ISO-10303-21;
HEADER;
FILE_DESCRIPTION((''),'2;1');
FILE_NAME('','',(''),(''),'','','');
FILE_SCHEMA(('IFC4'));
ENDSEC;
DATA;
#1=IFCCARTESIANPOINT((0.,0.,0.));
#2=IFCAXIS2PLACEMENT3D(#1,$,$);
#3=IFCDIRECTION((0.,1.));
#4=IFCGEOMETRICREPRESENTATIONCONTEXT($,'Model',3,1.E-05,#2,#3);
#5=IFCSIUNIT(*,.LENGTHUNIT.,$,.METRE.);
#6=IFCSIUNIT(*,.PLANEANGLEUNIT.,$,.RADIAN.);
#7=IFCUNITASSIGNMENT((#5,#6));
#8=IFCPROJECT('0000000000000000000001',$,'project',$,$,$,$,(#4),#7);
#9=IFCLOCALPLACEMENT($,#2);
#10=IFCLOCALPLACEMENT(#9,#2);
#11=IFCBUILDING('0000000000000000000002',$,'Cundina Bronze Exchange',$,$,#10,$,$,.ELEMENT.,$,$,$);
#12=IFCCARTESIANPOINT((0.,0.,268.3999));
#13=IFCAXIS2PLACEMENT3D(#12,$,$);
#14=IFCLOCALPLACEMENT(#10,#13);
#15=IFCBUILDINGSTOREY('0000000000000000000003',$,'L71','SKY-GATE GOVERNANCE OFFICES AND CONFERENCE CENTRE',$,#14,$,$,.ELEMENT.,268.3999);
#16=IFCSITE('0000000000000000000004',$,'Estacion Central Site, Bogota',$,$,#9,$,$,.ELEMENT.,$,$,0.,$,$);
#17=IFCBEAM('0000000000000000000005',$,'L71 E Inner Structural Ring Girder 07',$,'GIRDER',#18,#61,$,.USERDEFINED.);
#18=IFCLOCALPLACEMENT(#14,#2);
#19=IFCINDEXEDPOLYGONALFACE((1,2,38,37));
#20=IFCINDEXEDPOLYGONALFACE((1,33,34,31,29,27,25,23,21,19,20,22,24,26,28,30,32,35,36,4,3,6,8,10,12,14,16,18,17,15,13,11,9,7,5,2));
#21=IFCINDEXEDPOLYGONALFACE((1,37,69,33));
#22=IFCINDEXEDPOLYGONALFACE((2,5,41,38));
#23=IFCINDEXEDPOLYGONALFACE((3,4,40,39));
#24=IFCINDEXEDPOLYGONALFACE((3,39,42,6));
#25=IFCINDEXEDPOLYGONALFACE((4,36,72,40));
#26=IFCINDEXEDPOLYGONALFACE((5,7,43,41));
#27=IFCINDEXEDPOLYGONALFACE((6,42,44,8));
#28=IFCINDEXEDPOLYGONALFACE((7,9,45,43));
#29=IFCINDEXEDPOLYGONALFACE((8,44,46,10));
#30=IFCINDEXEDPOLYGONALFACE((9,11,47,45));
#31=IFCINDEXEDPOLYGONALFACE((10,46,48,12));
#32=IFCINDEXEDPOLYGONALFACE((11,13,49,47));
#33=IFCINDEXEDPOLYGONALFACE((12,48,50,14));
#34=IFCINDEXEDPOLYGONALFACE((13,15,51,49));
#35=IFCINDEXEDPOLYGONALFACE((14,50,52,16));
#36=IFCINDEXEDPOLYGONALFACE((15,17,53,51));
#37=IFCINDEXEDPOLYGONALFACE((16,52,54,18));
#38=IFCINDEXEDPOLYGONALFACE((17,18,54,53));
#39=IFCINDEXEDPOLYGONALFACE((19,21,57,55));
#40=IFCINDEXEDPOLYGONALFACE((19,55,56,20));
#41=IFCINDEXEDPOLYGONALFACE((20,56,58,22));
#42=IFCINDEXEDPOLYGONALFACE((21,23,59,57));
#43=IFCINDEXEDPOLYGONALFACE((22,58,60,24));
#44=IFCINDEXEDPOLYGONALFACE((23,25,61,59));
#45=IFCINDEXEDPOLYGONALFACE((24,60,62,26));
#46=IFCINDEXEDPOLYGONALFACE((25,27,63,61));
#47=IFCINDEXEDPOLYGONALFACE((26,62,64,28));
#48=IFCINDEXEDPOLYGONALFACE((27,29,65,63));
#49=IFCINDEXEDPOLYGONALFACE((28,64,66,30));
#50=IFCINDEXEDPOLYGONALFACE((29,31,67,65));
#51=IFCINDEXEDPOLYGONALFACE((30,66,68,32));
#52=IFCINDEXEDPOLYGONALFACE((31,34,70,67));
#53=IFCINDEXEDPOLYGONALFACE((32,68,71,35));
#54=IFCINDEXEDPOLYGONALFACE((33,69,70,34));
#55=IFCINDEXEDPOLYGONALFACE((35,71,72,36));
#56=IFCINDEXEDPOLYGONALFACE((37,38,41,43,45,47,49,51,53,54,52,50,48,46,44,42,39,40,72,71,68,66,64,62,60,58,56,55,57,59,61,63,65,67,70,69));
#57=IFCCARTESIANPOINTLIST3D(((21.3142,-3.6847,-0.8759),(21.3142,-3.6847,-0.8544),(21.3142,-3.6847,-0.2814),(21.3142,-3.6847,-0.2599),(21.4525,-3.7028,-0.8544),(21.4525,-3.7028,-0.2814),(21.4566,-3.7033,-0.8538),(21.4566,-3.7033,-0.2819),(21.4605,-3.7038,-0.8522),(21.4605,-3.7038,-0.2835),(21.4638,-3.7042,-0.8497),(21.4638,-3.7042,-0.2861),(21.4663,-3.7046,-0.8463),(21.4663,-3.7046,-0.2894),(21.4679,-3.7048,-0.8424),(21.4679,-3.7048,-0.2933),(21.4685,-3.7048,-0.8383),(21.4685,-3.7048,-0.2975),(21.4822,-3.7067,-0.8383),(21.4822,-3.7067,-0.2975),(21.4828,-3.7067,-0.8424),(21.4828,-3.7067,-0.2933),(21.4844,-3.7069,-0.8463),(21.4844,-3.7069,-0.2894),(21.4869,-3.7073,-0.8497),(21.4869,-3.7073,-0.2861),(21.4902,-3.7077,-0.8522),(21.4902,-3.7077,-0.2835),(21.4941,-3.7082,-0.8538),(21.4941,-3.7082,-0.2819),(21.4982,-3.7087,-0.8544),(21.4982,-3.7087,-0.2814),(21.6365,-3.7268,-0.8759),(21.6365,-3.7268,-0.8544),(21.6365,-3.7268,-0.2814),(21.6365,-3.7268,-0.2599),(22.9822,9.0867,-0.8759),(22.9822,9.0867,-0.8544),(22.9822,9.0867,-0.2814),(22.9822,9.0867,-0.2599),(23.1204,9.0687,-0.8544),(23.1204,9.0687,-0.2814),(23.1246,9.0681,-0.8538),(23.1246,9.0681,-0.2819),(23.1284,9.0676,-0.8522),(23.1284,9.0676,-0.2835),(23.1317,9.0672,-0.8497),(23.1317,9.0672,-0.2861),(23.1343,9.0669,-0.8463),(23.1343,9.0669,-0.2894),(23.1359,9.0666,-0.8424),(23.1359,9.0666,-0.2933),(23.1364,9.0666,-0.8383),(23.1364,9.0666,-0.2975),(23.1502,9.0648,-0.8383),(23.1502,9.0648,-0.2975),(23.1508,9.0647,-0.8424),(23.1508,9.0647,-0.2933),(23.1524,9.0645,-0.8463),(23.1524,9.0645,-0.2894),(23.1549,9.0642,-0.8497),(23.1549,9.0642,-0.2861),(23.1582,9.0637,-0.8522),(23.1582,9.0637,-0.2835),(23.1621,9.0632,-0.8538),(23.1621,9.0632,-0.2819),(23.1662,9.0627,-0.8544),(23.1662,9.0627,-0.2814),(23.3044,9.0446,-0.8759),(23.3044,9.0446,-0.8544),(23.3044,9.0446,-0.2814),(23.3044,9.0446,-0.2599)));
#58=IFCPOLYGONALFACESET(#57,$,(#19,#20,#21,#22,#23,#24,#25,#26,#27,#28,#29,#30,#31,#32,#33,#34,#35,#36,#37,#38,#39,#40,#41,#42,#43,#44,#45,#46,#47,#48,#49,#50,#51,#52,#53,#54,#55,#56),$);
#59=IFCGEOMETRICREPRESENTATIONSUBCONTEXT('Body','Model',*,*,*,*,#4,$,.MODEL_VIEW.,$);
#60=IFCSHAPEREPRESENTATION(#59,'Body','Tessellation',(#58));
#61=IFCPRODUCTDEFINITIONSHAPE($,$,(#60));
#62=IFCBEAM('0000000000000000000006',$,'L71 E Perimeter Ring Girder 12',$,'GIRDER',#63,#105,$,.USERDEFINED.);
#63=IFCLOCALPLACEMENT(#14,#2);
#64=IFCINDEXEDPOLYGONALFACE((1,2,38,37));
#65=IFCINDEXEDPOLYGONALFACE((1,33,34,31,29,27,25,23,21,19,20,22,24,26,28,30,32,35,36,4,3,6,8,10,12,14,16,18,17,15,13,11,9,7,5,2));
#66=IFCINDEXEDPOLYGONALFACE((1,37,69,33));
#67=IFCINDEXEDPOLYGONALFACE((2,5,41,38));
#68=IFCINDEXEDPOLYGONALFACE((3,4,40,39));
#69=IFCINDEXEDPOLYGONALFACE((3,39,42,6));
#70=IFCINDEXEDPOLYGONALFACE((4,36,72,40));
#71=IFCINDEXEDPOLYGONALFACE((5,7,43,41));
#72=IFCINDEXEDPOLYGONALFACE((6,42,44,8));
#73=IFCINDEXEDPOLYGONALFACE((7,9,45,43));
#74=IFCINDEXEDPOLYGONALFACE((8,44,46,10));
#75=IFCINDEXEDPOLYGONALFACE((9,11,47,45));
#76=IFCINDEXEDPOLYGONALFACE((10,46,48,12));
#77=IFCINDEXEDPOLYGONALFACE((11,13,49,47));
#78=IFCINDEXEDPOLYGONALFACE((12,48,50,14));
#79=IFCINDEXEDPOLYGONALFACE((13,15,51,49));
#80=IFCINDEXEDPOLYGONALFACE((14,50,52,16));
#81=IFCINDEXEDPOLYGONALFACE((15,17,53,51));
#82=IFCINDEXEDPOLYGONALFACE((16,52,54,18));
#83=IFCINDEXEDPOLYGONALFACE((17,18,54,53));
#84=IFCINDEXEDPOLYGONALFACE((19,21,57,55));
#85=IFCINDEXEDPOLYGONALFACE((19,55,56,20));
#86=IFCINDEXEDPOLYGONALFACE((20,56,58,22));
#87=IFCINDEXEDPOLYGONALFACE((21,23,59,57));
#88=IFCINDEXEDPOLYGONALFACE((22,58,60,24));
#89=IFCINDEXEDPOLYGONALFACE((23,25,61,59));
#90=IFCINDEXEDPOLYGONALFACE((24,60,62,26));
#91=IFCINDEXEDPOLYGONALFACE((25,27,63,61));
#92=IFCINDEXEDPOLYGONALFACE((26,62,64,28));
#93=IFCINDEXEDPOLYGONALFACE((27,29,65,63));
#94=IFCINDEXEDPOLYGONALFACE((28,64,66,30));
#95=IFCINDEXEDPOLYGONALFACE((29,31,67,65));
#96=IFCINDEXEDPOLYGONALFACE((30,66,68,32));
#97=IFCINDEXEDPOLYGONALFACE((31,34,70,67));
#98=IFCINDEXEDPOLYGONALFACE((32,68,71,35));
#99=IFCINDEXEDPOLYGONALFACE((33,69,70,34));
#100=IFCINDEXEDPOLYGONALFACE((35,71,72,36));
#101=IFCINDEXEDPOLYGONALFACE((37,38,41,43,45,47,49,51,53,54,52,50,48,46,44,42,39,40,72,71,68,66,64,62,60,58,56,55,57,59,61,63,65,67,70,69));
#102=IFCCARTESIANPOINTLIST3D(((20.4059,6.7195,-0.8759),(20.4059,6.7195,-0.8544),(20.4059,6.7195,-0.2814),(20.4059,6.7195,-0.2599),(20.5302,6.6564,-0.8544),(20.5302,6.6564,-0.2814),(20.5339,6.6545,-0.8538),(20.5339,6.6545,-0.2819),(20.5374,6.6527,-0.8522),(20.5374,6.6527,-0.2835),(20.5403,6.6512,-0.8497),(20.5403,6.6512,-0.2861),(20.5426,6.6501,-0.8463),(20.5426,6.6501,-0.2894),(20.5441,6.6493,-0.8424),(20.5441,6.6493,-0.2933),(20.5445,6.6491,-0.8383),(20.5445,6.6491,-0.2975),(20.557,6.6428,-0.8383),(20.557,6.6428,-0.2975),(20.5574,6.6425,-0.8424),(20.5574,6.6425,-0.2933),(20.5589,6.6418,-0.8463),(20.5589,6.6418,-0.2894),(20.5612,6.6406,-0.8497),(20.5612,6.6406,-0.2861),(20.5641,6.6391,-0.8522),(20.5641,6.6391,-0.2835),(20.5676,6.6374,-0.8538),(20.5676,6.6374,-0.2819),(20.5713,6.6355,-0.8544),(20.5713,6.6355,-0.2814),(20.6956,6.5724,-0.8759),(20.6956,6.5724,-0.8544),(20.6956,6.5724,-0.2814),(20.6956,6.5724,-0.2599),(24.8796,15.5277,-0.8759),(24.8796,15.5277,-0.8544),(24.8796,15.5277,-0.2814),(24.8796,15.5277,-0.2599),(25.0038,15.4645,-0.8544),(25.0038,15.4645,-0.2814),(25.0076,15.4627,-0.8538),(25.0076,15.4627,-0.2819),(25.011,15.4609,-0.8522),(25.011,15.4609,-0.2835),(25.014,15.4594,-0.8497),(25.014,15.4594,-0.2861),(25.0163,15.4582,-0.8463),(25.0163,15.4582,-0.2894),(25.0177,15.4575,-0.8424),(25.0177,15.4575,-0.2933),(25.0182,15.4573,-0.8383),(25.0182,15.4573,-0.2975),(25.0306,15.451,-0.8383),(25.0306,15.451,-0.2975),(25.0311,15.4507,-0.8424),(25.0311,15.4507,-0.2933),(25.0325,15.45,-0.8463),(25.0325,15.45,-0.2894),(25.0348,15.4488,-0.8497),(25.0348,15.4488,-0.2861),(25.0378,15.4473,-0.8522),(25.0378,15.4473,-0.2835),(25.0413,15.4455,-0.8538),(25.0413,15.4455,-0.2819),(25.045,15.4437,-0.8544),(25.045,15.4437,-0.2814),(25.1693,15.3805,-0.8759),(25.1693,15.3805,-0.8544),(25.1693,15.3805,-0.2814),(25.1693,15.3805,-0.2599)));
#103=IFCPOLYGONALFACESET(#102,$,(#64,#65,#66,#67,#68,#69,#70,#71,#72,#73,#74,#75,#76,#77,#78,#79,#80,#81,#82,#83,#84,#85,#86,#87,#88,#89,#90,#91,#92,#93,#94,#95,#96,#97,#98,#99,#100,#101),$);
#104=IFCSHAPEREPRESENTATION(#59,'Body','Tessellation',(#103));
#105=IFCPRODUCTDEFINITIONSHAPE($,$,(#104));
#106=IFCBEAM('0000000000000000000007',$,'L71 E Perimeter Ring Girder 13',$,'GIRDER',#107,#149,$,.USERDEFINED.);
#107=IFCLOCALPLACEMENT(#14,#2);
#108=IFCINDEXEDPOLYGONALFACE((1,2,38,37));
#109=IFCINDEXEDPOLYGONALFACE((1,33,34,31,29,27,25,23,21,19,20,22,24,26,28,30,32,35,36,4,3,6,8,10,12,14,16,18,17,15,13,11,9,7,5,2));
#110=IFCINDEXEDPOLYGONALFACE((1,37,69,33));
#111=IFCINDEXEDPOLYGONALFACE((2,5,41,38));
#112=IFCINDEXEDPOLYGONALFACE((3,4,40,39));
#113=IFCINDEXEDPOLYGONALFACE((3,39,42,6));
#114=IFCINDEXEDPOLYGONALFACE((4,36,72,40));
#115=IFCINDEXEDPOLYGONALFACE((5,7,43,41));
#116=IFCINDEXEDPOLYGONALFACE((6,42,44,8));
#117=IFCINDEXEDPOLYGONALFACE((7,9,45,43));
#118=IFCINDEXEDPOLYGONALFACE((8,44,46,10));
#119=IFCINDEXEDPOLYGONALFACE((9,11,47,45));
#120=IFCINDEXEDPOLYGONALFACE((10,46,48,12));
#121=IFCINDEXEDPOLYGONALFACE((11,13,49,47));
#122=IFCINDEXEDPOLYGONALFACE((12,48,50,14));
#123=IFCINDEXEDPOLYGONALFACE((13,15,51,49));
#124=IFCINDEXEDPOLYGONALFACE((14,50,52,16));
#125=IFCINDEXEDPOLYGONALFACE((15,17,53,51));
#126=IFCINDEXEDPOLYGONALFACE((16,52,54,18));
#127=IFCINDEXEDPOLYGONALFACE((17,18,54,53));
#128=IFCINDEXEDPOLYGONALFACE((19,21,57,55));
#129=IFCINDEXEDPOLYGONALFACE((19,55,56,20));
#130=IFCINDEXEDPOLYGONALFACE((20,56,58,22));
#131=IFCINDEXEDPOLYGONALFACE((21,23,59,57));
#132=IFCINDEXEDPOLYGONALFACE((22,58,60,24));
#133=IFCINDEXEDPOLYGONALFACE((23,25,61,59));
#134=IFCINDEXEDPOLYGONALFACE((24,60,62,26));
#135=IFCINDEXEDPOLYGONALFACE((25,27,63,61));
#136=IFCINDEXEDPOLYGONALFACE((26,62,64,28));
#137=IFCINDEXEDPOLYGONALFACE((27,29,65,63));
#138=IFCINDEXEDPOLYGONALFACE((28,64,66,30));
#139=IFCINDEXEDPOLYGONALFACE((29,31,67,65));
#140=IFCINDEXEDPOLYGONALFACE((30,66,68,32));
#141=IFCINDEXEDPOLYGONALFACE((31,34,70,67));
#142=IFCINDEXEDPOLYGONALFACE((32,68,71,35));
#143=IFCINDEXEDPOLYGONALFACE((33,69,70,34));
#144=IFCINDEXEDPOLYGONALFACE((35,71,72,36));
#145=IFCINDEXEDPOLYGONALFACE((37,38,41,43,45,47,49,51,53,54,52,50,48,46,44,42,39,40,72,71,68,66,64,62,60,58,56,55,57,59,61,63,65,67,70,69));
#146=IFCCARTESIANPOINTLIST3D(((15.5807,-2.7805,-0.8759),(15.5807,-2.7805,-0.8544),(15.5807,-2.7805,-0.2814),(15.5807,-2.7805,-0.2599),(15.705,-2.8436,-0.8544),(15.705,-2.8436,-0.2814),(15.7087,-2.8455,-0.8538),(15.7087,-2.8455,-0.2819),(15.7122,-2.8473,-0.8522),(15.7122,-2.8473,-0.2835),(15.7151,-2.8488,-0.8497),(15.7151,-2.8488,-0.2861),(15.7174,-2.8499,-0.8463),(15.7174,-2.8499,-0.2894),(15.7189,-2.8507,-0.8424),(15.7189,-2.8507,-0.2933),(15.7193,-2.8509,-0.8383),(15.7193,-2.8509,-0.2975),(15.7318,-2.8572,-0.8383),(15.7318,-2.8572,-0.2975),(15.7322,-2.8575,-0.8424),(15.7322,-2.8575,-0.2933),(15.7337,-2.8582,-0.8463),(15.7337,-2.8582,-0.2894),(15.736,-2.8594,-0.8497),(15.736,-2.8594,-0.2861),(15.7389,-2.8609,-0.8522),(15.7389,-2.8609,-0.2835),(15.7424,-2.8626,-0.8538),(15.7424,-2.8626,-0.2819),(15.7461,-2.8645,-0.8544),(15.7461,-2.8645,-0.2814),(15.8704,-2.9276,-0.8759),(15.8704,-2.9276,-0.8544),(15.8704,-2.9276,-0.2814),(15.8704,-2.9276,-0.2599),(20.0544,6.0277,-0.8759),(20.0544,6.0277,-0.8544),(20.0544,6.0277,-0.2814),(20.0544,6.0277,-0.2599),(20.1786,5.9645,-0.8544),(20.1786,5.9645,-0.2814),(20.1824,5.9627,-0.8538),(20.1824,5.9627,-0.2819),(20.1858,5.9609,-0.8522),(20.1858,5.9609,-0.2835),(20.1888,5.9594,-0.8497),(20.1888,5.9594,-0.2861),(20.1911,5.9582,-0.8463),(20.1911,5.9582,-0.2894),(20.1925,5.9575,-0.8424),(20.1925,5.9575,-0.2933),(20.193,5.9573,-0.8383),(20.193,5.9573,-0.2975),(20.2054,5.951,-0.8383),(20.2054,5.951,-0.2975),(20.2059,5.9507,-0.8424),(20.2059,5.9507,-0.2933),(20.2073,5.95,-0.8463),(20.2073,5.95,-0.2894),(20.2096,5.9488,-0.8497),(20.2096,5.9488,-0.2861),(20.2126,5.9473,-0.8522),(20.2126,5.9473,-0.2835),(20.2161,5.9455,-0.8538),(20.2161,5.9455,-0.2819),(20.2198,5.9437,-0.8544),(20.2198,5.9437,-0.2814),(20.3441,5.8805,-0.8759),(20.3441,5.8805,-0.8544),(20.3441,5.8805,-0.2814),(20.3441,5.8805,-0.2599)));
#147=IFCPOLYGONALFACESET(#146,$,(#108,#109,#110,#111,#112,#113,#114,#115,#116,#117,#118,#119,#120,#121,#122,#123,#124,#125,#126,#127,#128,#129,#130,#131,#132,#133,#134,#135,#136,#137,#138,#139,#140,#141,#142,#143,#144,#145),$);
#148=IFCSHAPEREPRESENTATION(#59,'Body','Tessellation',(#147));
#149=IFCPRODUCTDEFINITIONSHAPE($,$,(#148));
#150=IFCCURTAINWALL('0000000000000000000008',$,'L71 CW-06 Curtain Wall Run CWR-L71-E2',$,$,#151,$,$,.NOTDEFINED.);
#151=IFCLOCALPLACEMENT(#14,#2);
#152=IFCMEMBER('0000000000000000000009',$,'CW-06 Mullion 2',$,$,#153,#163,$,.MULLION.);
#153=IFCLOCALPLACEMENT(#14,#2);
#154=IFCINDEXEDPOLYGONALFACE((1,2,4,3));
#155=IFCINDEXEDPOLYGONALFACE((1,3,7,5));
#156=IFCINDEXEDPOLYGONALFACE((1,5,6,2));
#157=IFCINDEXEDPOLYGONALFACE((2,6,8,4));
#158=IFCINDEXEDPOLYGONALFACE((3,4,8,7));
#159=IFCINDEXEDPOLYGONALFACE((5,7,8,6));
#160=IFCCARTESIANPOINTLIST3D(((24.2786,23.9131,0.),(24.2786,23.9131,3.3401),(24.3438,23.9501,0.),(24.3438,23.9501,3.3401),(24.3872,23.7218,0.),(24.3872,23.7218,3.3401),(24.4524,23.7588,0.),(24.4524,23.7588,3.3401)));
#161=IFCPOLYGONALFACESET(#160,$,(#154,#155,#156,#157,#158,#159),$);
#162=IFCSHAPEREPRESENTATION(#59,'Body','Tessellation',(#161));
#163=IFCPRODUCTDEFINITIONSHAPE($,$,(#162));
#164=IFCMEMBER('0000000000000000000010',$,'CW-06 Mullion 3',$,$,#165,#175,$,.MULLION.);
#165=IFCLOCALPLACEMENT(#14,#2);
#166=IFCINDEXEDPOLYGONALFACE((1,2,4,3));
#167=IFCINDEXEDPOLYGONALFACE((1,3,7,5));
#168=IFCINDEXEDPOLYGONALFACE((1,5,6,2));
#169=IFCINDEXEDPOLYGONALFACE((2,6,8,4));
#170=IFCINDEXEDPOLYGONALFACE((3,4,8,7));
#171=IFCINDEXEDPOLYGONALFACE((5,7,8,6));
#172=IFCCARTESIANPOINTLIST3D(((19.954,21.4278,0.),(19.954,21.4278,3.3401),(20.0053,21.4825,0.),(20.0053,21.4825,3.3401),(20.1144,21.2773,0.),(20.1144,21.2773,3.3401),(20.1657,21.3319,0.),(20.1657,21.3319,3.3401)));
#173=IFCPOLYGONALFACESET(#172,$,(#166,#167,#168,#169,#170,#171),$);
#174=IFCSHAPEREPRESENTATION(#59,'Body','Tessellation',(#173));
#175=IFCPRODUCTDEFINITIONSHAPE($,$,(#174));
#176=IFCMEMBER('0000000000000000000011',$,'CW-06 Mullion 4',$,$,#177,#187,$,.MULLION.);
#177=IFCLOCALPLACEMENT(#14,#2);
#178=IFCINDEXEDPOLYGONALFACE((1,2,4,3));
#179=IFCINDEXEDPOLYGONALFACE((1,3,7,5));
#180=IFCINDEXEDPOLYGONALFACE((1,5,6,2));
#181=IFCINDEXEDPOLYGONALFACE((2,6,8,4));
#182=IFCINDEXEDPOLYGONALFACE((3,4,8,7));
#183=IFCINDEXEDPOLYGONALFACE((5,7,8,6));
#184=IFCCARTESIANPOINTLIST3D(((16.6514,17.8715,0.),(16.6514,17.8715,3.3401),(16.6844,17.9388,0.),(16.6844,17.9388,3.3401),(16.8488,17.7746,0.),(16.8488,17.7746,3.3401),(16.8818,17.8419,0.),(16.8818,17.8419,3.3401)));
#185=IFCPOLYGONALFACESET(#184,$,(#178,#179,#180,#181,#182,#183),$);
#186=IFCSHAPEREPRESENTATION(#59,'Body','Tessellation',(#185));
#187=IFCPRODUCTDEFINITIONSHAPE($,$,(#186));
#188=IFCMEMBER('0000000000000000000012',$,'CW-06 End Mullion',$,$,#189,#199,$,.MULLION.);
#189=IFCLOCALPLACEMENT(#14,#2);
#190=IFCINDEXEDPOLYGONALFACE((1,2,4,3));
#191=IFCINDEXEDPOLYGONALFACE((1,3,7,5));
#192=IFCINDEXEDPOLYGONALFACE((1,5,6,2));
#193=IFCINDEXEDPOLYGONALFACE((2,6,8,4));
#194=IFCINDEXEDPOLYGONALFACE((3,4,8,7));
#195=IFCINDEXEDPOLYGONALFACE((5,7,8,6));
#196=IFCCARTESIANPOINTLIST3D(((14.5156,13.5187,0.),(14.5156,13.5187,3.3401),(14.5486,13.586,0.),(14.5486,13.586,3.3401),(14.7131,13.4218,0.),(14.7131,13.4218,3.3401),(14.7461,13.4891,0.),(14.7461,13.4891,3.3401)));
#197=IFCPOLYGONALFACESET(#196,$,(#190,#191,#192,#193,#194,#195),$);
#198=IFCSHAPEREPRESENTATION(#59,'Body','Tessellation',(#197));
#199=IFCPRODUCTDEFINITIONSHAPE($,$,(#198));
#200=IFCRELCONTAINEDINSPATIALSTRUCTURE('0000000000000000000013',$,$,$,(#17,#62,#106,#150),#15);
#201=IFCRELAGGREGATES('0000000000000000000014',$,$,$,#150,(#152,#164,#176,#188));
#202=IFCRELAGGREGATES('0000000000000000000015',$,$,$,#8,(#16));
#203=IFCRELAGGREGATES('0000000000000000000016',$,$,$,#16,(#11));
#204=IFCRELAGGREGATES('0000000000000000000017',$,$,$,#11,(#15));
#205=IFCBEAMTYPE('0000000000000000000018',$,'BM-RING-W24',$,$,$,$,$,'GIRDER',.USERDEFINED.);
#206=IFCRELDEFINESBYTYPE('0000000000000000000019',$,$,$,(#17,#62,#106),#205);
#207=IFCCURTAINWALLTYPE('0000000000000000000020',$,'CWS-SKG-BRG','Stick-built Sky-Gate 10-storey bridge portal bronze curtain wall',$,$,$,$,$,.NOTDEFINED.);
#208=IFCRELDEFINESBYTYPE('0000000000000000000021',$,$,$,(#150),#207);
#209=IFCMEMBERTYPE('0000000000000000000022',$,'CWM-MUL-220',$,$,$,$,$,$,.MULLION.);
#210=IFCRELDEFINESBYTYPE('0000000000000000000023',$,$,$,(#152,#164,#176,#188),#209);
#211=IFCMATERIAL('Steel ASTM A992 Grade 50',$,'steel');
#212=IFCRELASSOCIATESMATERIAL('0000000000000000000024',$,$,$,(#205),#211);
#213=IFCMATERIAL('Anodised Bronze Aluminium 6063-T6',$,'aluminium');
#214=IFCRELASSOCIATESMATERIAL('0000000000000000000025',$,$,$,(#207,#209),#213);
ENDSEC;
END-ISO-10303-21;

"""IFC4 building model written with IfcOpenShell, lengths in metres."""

from ifc_helpers import new_model, si_unit, direction, frame, origin, origin_2d, place, context, subcontext, project, spatial, rectangle, i_section, extrude, material, material_profile, profile_set, type_object, element, aggregate, save


model = new_model("IFC4")

# Units and contexts
model_context = context("Model", 3, precision=1e-05, world=origin(), true_north=direction((0.0, 1.0)))
body_context = subcontext(model_context, "Body", "Model", "MODEL_VIEW")
ifc_project = project(units=[si_unit("LENGTHUNIT", "METRE"), si_unit("PLANEANGLEUNIT", "RADIAN")], contexts=[model_context])

# Site, building, storey
site_placement = place(None, origin())
site = spatial("IfcSite", under=ifc_project, at=site_placement, Name="Estacion Central Site, Bogota", CompositionType="ELEMENT", RefElevation=0.0)
building_placement = place(site_placement, origin())
building = spatial("IfcBuilding", under=site, at=building_placement, Name="Cundina Bronze Exchange", CompositionType="ELEMENT")
storey_placement = place(building_placement, frame((0.0, 0.0, 268.3999)))
storey = spatial("IfcBuildingStorey", under=building, at=storey_placement, Name="L71", Description="SKY-GATE GOVERNANCE OFFICES AND CONFERENCE CENTRE", CompositionType="ELEMENT", Elevation=268.3999)

# Beams
ifc_material_1 = material(Name="Steel ASTM A992 Grade 50", Category="steel")
ifc_material_profile_1 = material_profile(ifc_material_1, i_section(OverallWidth=0.325, OverallDepth=0.616, WebThickness=0.0139, FlangeThickness=0.0215, FilletRadius=0.0161, at=origin_2d()), Name="W24X117", Category="steel")
ifc_profile_set_1 = profile_set([ifc_material_profile_1], Name="Steel ASTM A992 Grade 50")
beam_type_1 = type_object("IfcBeamType", Name="BM-RING-W24", ElementType="GIRDER", PredefinedType="USERDEFINED", material=ifc_profile_set_1)
beam_placement = place(storey_placement, frame((23.1433, 9.0657, -0.5679), z_axis=(-0.129501, -0.991579, 0.0), x_axis=(0.991579, -0.129501, 0.0)))
element("IfcBeam", 1, at=beam_placement, inside=storey, type_object=beam_type_1, Name="L71 E Inner Structural Ring Girder 07", ObjectType="GIRDER", PredefinedType="USERDEFINED", context=body_context, shape_type="SweptSolid", body=[
    extrude(i_section(OverallWidth=0.325, OverallDepth=0.616, WebThickness=0.0139, FlangeThickness=0.0215, FilletRadius=0.0161, at=origin_2d()), origin(), (0.0, 0.0, 1.0), 12.8799),
])
for number, where, z_axis, x_axis, name in (
    (2, (25.0244, 15.4541, -0.5679), (-0.452839, -0.891592, 0.0), (0.891592, -0.452839, 0.0), "L71 E Perimeter Ring Girder 12"),
    (3, (20.1992, 5.9541, -0.5679), (-0.452839, -0.891592, 0.0), (0.891592, -0.452839, 0.0), "L71 E Perimeter Ring Girder 13"),
):
    element("IfcBeam", number, at=place(storey_placement, frame(where, z_axis=z_axis, x_axis=x_axis)), inside=storey, type_object=beam_type_1, Name=name, ObjectType="GIRDER", PredefinedType="USERDEFINED", context=body_context, shape_type="SweptSolid", body=[
        extrude(i_section(OverallWidth=0.325, OverallDepth=0.616, WebThickness=0.0139, FlangeThickness=0.0215, FilletRadius=0.0161, at=origin_2d()), origin(), (0.0, 0.0, 1.0), 9.8792),
    ])

# Curtain wall, members
ifc_material_2 = material(Name="Anodised Bronze Aluminium 6063-T6", Category="aluminium")
curtain_wall_type = type_object("IfcCurtainWallType", Name="CWS-SKG-BRG", Description="Stick-built Sky-Gate 10-storey bridge portal bronze curtain wall", PredefinedType="NOTDEFINED", material=ifc_material_2)
curtain_wall_1_placement = place(storey_placement, origin())
curtain_wall_1 = element("IfcCurtainWall", 4, at=curtain_wall_1_placement, inside=storey, type_object=curtain_wall_type, Name="L71 CW-06 Curtain Wall Run CWR-L71-E2", PredefinedType="NOTDEFINED")
ifc_material_profile_2 = material_profile(ifc_material_2, rectangle(XDim=0.075, YDim=0.22, at=origin_2d()), Name="AL75X220", Category="aluminium")
ifc_profile_set_2 = profile_set([ifc_material_profile_2], Name="Anodised Bronze Aluminium 6063-T6")
member_type_1 = type_object("IfcMemberType", Name="CWM-MUL-220", PredefinedType="MULLION", material=ifc_profile_set_2)
member_1_placement = place(storey_placement, frame((24.3655, 23.8359, 0.0), z_axis=(0.0, 0.0, 1.0), x_axis=(-0.869581, -0.49379, 0.0)))
member_1 = element("IfcMember", 5, at=member_1_placement, type_object=member_type_1, Name="CW-06 Mullion 2", PredefinedType="MULLION", context=body_context, shape_type="SweptSolid", body=[
    extrude(rectangle(XDim=0.075, YDim=0.22, at=origin_2d()), origin(), (0.0, 0.0, 1.0), 3.3401),
])
member_2_placement = place(storey_placement, frame((20.0598, 21.3799, 0.0), z_axis=(0.0, 0.0, 1.0), x_axis=(-0.684293, -0.729208, 0.0)))
member_2 = element("IfcMember", 6, at=member_2_placement, type_object=member_type_1, Name="CW-06 Mullion 3", PredefinedType="MULLION", context=body_context, shape_type="SweptSolid", body=[
    extrude(rectangle(XDim=0.075, YDim=0.22, at=origin_2d()), origin(), (0.0, 0.0, 1.0), 3.3401),
])
member_3_placement = place(storey_placement, frame((16.7666, 17.8567, 0.0), z_axis=(0.0, 0.0, 1.0), x_axis=(-0.440566, -0.89772, 0.0)))
member_3 = element("IfcMember", 7, at=member_3_placement, type_object=member_type_1, Name="CW-06 Mullion 4", PredefinedType="MULLION", context=body_context, shape_type="SweptSolid", body=[
    extrude(rectangle(XDim=0.075, YDim=0.22, at=origin_2d()), origin(), (0.0, 0.0, 1.0), 3.3401),
])
member_4_placement = place(storey_placement, frame((14.6309, 13.5039, 0.0), z_axis=(0.0, 0.0, 1.0), x_axis=(-0.440566, -0.89772, 0.0)))
member_4 = element("IfcMember", 8, at=member_4_placement, type_object=member_type_1, Name="CW-06 End Mullion", PredefinedType="MULLION", context=body_context, shape_type="SweptSolid", body=[
    extrude(rectangle(XDim=0.075, YDim=0.22, at=origin_2d()), origin(), (0.0, 0.0, 1.0), 3.3401),
])

aggregate(curtain_wall_1, [member_1, member_2, member_3, member_4])

save(model, "model.ifc")
